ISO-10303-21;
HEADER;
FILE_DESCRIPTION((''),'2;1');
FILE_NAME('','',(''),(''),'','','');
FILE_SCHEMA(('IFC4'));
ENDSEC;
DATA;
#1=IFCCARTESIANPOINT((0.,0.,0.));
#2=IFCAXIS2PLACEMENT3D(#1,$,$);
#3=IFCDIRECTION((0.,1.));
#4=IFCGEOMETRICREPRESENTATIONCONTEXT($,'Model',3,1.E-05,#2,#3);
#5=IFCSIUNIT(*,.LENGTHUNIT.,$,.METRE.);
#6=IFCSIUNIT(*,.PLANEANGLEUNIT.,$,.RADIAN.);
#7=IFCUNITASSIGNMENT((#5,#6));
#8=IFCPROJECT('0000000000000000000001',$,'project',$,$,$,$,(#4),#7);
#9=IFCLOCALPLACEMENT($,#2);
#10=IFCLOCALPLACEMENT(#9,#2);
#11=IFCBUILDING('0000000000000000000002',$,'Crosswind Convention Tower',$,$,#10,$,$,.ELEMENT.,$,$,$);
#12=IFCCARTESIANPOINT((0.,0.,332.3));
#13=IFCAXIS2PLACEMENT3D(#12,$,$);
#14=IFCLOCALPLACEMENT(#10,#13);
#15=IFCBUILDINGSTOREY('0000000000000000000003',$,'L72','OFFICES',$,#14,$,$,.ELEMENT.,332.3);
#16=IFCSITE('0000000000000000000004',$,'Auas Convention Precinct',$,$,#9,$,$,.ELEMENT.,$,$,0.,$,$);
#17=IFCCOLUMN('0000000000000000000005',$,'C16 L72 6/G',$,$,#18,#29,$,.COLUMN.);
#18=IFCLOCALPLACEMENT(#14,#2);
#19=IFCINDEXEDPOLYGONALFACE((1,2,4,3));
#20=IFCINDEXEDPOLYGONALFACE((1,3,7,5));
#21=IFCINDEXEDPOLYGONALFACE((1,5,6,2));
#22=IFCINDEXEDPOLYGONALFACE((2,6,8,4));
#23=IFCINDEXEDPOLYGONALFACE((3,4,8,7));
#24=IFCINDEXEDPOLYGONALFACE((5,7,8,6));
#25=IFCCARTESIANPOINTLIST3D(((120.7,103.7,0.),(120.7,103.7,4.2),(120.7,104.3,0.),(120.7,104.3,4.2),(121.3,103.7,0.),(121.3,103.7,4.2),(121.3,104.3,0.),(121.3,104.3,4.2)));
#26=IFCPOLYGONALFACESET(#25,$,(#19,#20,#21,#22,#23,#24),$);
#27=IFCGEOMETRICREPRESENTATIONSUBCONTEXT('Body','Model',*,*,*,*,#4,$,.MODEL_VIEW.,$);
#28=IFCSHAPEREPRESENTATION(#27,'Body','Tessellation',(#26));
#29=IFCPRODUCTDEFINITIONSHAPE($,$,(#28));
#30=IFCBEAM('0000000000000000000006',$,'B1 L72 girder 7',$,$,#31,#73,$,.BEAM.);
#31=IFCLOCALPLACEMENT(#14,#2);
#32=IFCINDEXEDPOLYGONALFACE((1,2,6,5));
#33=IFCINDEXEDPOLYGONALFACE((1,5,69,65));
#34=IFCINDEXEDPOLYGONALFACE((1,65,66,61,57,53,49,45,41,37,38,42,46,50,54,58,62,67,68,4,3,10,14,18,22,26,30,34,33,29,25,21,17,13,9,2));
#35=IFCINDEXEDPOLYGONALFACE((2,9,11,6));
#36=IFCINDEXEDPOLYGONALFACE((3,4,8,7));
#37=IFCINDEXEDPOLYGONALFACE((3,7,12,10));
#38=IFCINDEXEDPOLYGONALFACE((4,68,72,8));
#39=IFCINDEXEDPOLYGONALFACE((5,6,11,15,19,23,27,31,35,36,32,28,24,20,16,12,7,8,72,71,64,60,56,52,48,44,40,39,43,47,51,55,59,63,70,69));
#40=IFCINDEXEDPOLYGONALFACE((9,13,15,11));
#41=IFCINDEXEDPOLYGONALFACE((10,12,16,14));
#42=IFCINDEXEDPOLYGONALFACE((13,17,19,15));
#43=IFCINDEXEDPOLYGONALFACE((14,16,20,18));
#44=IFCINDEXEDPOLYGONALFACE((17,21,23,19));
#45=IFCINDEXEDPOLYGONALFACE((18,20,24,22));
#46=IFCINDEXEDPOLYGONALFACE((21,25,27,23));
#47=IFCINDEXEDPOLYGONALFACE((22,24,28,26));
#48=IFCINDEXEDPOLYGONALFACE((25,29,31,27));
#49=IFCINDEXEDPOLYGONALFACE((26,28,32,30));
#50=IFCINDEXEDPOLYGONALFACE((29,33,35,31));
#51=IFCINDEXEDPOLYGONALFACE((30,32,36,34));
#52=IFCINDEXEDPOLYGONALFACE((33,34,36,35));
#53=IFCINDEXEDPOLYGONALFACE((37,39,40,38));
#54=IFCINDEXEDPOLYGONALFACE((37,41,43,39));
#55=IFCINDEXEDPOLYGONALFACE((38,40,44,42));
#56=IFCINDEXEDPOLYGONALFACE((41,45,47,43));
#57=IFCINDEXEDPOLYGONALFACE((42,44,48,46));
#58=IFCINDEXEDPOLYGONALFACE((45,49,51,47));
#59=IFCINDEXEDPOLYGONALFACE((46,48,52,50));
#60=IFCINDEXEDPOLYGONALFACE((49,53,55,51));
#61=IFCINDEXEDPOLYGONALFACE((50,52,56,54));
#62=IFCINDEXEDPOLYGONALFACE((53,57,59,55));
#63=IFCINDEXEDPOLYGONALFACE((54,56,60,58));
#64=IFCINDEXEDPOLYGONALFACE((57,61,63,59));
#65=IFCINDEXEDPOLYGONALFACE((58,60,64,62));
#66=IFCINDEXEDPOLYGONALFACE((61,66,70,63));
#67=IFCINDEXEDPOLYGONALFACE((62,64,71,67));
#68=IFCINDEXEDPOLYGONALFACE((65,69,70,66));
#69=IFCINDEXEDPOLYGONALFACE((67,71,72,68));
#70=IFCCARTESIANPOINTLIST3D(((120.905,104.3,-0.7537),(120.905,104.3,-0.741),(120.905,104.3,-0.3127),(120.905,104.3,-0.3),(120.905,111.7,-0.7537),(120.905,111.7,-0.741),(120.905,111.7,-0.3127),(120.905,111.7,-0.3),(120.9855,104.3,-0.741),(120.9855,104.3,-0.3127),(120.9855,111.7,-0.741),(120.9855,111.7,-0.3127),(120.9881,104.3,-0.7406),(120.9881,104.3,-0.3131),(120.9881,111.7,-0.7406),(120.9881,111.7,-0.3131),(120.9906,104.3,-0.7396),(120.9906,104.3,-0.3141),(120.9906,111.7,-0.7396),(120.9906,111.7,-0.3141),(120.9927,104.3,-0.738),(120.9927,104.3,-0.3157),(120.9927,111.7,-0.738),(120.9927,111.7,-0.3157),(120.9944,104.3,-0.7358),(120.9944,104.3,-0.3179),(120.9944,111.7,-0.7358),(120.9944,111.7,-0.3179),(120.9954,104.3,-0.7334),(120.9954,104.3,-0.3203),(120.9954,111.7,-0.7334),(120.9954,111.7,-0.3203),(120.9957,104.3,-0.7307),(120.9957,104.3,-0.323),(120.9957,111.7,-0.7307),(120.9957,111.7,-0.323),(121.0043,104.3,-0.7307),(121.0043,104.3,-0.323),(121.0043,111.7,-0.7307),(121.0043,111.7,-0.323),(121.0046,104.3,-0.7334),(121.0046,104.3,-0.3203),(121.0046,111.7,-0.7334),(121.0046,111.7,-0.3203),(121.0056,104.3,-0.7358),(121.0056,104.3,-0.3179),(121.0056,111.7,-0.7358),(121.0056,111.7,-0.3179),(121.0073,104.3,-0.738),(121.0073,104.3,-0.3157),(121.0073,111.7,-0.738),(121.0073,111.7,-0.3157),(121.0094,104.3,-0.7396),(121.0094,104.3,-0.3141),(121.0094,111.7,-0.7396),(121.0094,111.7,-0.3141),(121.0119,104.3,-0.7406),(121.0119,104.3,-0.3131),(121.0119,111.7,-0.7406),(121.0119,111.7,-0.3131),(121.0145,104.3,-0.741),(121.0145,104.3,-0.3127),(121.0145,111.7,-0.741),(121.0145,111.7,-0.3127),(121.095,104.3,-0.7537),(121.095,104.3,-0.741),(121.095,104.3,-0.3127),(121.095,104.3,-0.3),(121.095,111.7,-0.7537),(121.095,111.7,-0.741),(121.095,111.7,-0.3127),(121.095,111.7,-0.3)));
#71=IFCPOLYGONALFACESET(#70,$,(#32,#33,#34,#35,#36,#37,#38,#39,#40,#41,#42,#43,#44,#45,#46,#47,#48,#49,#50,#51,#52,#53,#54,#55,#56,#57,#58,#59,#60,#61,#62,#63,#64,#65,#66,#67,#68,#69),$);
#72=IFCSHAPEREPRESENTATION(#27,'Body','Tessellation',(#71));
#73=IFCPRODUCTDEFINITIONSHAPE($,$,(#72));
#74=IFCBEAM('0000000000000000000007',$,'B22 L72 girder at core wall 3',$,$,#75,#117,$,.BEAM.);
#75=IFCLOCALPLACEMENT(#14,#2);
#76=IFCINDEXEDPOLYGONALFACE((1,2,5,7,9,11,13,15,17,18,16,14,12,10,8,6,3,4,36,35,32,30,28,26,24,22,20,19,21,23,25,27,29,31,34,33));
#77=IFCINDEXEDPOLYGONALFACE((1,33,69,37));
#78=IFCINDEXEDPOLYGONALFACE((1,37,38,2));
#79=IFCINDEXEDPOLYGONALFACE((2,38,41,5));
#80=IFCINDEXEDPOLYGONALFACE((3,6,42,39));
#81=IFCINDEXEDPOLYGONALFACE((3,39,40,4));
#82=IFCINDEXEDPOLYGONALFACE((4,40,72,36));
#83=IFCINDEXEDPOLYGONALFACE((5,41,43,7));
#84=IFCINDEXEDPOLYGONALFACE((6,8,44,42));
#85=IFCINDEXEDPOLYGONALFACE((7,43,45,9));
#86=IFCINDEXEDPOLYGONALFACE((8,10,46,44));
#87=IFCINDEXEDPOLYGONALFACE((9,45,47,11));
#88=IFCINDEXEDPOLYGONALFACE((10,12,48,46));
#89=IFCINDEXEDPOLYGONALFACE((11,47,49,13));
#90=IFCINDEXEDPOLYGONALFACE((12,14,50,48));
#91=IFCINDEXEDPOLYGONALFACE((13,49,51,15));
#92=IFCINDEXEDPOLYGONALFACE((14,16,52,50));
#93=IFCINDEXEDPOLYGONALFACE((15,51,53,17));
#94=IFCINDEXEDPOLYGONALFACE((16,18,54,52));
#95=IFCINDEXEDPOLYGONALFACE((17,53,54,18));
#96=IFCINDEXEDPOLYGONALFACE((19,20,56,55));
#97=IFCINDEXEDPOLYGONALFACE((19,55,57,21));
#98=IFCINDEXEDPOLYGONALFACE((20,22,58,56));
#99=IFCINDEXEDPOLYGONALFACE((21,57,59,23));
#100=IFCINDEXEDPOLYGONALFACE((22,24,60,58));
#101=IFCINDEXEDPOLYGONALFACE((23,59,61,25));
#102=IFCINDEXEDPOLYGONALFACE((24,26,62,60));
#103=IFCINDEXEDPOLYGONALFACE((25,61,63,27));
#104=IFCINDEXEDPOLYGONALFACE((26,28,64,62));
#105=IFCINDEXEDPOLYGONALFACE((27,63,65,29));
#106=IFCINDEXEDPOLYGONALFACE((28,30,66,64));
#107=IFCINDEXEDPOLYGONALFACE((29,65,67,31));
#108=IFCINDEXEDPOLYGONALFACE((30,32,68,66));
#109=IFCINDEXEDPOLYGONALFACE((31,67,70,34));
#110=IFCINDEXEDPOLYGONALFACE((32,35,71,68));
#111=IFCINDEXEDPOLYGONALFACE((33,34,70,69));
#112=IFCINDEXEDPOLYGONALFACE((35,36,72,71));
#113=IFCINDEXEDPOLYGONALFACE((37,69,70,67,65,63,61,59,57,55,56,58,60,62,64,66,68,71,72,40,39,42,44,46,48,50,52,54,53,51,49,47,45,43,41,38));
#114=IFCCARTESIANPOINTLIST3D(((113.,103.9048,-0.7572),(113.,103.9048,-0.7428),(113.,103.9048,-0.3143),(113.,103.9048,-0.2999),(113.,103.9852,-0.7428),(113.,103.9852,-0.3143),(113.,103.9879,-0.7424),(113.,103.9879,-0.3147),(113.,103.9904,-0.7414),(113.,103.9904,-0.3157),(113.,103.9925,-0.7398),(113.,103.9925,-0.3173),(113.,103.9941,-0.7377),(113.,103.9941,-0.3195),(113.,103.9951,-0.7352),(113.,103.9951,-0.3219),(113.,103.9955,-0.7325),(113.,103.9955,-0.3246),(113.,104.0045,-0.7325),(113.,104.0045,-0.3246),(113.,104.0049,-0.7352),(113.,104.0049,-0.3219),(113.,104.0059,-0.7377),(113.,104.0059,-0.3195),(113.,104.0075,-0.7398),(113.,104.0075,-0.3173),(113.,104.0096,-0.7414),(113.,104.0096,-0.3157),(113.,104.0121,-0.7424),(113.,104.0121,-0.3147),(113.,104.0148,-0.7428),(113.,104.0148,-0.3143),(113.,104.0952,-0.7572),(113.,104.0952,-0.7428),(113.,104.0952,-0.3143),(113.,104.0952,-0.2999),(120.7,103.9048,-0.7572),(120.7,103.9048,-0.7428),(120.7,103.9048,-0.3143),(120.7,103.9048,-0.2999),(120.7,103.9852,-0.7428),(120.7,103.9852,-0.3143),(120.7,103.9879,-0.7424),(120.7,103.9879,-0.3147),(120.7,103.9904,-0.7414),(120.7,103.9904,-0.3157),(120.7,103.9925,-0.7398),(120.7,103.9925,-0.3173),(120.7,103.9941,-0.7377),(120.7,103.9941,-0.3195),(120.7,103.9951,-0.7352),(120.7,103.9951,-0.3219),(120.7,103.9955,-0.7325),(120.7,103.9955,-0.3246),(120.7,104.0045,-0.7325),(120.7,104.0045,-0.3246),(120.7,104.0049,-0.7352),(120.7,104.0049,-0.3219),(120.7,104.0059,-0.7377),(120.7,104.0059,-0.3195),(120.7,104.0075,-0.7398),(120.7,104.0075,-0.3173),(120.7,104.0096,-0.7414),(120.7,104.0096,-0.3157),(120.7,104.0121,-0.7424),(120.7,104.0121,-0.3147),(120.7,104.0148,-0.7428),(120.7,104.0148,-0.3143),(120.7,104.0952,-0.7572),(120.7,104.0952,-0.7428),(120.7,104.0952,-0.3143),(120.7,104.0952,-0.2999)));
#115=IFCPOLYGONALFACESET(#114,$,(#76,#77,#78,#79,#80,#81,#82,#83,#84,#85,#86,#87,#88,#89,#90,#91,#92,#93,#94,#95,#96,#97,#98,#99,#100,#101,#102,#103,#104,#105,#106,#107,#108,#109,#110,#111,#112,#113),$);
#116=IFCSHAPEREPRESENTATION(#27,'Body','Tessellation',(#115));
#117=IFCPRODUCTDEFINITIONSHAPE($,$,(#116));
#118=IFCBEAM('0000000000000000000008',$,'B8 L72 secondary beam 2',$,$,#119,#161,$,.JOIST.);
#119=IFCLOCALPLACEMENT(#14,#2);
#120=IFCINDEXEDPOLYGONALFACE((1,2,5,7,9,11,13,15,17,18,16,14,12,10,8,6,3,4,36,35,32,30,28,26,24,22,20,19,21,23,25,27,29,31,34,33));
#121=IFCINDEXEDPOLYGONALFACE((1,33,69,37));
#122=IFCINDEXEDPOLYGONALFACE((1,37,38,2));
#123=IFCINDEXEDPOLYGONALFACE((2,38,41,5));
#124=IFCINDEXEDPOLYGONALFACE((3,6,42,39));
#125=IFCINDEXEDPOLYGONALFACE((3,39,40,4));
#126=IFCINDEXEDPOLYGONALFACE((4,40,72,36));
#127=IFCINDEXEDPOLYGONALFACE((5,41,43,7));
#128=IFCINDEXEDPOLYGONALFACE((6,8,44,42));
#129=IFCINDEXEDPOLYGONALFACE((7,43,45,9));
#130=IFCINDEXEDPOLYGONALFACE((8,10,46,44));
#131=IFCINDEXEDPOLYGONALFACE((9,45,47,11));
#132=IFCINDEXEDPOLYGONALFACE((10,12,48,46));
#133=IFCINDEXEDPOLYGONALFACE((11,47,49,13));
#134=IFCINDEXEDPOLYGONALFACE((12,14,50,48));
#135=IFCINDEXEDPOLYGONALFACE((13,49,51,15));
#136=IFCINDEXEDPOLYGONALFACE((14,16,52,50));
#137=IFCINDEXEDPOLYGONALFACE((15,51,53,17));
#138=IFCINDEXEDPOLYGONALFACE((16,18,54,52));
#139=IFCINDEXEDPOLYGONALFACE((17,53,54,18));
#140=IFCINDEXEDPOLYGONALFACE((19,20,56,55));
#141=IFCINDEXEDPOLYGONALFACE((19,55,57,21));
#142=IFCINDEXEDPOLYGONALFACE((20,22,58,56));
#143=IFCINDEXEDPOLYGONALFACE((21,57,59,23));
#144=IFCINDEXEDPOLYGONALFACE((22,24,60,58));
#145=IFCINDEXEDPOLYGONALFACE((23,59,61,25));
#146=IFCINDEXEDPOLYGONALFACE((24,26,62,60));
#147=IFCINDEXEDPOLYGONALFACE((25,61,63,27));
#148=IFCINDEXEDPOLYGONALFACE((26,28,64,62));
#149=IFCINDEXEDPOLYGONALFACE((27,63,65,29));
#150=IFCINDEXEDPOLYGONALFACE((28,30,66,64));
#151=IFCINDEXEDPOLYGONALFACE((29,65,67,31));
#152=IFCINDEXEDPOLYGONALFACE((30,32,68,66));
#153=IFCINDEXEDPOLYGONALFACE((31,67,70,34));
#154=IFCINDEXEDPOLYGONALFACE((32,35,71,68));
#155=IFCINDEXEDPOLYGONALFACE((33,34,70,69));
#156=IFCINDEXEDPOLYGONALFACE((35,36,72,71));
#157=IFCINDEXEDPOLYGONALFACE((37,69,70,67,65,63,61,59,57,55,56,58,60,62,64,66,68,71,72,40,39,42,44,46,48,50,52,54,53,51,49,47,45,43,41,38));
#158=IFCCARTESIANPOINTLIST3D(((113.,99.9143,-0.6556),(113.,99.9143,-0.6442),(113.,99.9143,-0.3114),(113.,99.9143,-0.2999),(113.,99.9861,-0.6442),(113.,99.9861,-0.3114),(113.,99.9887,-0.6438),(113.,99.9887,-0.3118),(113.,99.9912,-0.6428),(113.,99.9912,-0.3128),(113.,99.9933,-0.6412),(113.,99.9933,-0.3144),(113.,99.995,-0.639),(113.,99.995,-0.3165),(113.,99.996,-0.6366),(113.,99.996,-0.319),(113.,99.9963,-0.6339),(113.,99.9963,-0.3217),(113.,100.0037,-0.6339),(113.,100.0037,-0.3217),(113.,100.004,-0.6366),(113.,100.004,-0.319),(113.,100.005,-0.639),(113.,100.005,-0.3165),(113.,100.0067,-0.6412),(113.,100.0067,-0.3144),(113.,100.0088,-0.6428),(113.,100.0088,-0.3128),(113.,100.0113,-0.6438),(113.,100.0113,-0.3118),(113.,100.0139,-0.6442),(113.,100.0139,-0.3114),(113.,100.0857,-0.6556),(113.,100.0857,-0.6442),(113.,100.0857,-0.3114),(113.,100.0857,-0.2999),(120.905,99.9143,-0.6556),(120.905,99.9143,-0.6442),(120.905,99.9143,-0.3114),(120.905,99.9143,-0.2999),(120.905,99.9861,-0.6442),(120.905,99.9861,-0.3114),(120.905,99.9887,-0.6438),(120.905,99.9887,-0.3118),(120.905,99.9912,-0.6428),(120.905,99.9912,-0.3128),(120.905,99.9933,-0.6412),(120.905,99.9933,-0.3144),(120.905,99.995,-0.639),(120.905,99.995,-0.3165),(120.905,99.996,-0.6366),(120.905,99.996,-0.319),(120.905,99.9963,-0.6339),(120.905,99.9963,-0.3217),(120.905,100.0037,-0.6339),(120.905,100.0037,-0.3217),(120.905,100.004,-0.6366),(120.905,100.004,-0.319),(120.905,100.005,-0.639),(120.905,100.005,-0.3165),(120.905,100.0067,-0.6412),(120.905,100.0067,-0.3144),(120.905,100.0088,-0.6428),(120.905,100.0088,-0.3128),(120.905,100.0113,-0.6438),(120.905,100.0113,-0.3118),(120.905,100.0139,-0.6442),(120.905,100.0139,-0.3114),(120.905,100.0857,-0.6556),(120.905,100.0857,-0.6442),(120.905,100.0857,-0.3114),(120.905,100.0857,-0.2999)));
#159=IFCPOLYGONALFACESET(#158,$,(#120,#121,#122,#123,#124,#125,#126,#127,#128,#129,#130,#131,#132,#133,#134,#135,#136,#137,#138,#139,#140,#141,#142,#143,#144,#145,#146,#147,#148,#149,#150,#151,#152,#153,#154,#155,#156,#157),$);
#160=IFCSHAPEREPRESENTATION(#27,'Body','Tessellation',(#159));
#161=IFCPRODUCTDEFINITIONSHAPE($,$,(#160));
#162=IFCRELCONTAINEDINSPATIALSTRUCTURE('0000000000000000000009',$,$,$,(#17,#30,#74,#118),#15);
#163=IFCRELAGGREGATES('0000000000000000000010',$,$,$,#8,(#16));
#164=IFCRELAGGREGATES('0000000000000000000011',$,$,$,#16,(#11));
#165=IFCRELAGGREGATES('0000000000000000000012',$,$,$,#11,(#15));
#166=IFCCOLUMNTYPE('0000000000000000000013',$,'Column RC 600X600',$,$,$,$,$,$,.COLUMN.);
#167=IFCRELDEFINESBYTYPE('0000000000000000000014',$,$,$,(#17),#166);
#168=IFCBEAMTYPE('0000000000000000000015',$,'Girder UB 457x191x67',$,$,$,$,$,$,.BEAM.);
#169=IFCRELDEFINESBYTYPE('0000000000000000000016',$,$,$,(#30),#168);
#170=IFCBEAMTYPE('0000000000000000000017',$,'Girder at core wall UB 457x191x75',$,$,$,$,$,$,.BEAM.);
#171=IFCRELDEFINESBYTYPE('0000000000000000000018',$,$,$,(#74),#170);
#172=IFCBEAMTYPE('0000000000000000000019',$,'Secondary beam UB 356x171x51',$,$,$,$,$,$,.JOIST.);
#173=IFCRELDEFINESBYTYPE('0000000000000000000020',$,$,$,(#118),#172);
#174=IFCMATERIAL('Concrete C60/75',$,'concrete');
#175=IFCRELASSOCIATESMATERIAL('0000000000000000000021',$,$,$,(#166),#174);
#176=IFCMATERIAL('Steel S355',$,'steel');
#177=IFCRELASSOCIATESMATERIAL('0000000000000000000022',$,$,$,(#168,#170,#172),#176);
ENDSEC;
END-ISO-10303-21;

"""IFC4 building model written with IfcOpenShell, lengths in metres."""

from ifc_helpers import new_model, si_unit, direction, frame, origin, origin_2d, place, context, subcontext, project, spatial, rectangle, i_section, extrude, material, material_profile, profile_set, type_object, element, save


model = new_model("IFC4")

# Units and contexts
model_context = context("Model", 3, precision=1e-05, world=origin(), true_north=direction((0.0, 1.0)))
body_context = subcontext(model_context, "Body", "Model", "MODEL_VIEW")
ifc_project = project(units=[si_unit("LENGTHUNIT", "METRE"), si_unit("PLANEANGLEUNIT", "RADIAN")], contexts=[model_context])

# Site, building, storey
site_placement = place(None, origin())
site = spatial("IfcSite", under=ifc_project, at=site_placement, Name="Auas Convention Precinct", CompositionType="ELEMENT", RefElevation=0.0)
building_placement = place(site_placement, origin())
building = spatial("IfcBuilding", under=site, at=building_placement, Name="Crosswind Convention Tower", CompositionType="ELEMENT")
storey_placement = place(building_placement, frame((0.0, 0.0, 332.3)))
storey = spatial("IfcBuildingStorey", under=building, at=storey_placement, Name="L72", Description="OFFICES", CompositionType="ELEMENT", Elevation=332.3)

# Column
ifc_material_1 = material(Name="Concrete C60/75", Category="concrete")
ifc_material_profile_1 = material_profile(ifc_material_1, rectangle(XDim=0.6001, YDim=0.6001, at=origin_2d()), Name="RC 600X600")
ifc_profile_set_1 = profile_set([ifc_material_profile_1], Name="Concrete C60/75")
column_type = type_object("IfcColumnType", Name="Column RC 600X600", PredefinedType="COLUMN", material=ifc_profile_set_1)
column_placement = place(storey_placement, frame((121.0, 104.0, 0.0), z_axis=(0.0, 0.0, 1.0), x_axis=(1.0, 0.0, 0.0)))
element("IfcColumn", 1, at=column_placement, inside=storey, type_object=column_type, Name="C16 L72 6/G", PredefinedType="COLUMN", context=body_context, shape_type="SweptSolid", body=[
    extrude(rectangle(XDim=0.6001, YDim=0.6001, at=origin_2d()), origin(), (0.0, 0.0, 1.0), 4.2),
])

# Beams
ifc_material_2 = material(Name="Steel S355", Category="steel")
ifc_material_profile_2 = material_profile(ifc_material_2, i_section(OverallWidth=0.1899, OverallDepth=0.4536, WebThickness=0.0085, FlangeThickness=0.0127, FilletRadius=0.0103, at=origin_2d()), Name="UB 457x191x67")
ifc_profile_set_2 = profile_set([ifc_material_profile_2], Name="Steel S355")
beam_type_1 = type_object("IfcBeamType", Name="Girder UB 457x191x67", PredefinedType="BEAM", material=ifc_profile_set_2)
beam_1_placement = place(storey_placement, frame((121.0, 104.3, -0.5269), z_axis=(0.0, 1.0, 0.0), x_axis=(-1.0, 0.0, 0.0)))
element("IfcBeam", 2, at=beam_1_placement, inside=storey, type_object=beam_type_1, Name="B1 L72 girder 7", PredefinedType="BEAM", context=body_context, shape_type="SweptSolid", body=[
    extrude(i_section(OverallWidth=0.1899, OverallDepth=0.4536, WebThickness=0.0085, FlangeThickness=0.0127, FilletRadius=0.0103, at=origin_2d()), origin(), (0.0, 0.0, 1.0), 7.3999),
])
ifc_material_profile_3 = material_profile(ifc_material_2, i_section(OverallWidth=0.1904, OverallDepth=0.4573, WebThickness=0.009, FlangeThickness=0.0144, FilletRadius=0.0103, at=origin_2d()), Name="UB 457x191x75")
ifc_profile_set_3 = profile_set([ifc_material_profile_3], Name="Steel S355")
beam_type_2 = type_object("IfcBeamType", Name="Girder at core wall UB 457x191x75", PredefinedType="BEAM", material=ifc_profile_set_3)
beam_2_placement = place(storey_placement, frame((113.0, 104.0, -0.5286), z_axis=(1.0, 0.0, 0.0), x_axis=(0.0, 1.0, 0.0)))
element("IfcBeam", 3, at=beam_2_placement, inside=storey, type_object=beam_type_2, Name="B22 L72 girder at core wall 3", PredefinedType="BEAM", context=body_context, shape_type="SweptSolid", body=[
    extrude(i_section(OverallWidth=0.1904, OverallDepth=0.4573, WebThickness=0.009, FlangeThickness=0.0144, FilletRadius=0.0103, at=origin_2d()), origin(), (0.0, 0.0, 1.0), 7.7),
])
ifc_material_profile_4 = material_profile(ifc_material_2, i_section(OverallWidth=0.1714, OverallDepth=0.3557, WebThickness=0.0073, FlangeThickness=0.0115, FilletRadius=0.0103, at=origin_2d()), Name="UB 356x171x51")
ifc_profile_set_4 = profile_set([ifc_material_profile_4], Name="Steel S355")
beam_type_3 = type_object("IfcBeamType", Name="Secondary beam UB 356x171x51", PredefinedType="JOIST", material=ifc_profile_set_4)
for number, where, z_axis, x_axis, name in (
    (4, (113.0, 100.0, -0.4778), (1.0, 0.0, 0.0), (0.0, 1.0, 0.0), "B8 L72 secondary beam 2"),
):
    element("IfcBeam", number, at=place(storey_placement, frame(where, z_axis=z_axis, x_axis=x_axis)), inside=storey, type_object=beam_type_3, Name=name, PredefinedType="JOIST", context=body_context, shape_type="SweptSolid", body=[
        extrude(i_section(OverallWidth=0.1714, OverallDepth=0.3557, WebThickness=0.0073, FlangeThickness=0.0115, FilletRadius=0.0103, at=origin_2d()), origin(), (0.0, 0.0, 1.0), 7.905),
    ])

save(model, "model.ifc")
